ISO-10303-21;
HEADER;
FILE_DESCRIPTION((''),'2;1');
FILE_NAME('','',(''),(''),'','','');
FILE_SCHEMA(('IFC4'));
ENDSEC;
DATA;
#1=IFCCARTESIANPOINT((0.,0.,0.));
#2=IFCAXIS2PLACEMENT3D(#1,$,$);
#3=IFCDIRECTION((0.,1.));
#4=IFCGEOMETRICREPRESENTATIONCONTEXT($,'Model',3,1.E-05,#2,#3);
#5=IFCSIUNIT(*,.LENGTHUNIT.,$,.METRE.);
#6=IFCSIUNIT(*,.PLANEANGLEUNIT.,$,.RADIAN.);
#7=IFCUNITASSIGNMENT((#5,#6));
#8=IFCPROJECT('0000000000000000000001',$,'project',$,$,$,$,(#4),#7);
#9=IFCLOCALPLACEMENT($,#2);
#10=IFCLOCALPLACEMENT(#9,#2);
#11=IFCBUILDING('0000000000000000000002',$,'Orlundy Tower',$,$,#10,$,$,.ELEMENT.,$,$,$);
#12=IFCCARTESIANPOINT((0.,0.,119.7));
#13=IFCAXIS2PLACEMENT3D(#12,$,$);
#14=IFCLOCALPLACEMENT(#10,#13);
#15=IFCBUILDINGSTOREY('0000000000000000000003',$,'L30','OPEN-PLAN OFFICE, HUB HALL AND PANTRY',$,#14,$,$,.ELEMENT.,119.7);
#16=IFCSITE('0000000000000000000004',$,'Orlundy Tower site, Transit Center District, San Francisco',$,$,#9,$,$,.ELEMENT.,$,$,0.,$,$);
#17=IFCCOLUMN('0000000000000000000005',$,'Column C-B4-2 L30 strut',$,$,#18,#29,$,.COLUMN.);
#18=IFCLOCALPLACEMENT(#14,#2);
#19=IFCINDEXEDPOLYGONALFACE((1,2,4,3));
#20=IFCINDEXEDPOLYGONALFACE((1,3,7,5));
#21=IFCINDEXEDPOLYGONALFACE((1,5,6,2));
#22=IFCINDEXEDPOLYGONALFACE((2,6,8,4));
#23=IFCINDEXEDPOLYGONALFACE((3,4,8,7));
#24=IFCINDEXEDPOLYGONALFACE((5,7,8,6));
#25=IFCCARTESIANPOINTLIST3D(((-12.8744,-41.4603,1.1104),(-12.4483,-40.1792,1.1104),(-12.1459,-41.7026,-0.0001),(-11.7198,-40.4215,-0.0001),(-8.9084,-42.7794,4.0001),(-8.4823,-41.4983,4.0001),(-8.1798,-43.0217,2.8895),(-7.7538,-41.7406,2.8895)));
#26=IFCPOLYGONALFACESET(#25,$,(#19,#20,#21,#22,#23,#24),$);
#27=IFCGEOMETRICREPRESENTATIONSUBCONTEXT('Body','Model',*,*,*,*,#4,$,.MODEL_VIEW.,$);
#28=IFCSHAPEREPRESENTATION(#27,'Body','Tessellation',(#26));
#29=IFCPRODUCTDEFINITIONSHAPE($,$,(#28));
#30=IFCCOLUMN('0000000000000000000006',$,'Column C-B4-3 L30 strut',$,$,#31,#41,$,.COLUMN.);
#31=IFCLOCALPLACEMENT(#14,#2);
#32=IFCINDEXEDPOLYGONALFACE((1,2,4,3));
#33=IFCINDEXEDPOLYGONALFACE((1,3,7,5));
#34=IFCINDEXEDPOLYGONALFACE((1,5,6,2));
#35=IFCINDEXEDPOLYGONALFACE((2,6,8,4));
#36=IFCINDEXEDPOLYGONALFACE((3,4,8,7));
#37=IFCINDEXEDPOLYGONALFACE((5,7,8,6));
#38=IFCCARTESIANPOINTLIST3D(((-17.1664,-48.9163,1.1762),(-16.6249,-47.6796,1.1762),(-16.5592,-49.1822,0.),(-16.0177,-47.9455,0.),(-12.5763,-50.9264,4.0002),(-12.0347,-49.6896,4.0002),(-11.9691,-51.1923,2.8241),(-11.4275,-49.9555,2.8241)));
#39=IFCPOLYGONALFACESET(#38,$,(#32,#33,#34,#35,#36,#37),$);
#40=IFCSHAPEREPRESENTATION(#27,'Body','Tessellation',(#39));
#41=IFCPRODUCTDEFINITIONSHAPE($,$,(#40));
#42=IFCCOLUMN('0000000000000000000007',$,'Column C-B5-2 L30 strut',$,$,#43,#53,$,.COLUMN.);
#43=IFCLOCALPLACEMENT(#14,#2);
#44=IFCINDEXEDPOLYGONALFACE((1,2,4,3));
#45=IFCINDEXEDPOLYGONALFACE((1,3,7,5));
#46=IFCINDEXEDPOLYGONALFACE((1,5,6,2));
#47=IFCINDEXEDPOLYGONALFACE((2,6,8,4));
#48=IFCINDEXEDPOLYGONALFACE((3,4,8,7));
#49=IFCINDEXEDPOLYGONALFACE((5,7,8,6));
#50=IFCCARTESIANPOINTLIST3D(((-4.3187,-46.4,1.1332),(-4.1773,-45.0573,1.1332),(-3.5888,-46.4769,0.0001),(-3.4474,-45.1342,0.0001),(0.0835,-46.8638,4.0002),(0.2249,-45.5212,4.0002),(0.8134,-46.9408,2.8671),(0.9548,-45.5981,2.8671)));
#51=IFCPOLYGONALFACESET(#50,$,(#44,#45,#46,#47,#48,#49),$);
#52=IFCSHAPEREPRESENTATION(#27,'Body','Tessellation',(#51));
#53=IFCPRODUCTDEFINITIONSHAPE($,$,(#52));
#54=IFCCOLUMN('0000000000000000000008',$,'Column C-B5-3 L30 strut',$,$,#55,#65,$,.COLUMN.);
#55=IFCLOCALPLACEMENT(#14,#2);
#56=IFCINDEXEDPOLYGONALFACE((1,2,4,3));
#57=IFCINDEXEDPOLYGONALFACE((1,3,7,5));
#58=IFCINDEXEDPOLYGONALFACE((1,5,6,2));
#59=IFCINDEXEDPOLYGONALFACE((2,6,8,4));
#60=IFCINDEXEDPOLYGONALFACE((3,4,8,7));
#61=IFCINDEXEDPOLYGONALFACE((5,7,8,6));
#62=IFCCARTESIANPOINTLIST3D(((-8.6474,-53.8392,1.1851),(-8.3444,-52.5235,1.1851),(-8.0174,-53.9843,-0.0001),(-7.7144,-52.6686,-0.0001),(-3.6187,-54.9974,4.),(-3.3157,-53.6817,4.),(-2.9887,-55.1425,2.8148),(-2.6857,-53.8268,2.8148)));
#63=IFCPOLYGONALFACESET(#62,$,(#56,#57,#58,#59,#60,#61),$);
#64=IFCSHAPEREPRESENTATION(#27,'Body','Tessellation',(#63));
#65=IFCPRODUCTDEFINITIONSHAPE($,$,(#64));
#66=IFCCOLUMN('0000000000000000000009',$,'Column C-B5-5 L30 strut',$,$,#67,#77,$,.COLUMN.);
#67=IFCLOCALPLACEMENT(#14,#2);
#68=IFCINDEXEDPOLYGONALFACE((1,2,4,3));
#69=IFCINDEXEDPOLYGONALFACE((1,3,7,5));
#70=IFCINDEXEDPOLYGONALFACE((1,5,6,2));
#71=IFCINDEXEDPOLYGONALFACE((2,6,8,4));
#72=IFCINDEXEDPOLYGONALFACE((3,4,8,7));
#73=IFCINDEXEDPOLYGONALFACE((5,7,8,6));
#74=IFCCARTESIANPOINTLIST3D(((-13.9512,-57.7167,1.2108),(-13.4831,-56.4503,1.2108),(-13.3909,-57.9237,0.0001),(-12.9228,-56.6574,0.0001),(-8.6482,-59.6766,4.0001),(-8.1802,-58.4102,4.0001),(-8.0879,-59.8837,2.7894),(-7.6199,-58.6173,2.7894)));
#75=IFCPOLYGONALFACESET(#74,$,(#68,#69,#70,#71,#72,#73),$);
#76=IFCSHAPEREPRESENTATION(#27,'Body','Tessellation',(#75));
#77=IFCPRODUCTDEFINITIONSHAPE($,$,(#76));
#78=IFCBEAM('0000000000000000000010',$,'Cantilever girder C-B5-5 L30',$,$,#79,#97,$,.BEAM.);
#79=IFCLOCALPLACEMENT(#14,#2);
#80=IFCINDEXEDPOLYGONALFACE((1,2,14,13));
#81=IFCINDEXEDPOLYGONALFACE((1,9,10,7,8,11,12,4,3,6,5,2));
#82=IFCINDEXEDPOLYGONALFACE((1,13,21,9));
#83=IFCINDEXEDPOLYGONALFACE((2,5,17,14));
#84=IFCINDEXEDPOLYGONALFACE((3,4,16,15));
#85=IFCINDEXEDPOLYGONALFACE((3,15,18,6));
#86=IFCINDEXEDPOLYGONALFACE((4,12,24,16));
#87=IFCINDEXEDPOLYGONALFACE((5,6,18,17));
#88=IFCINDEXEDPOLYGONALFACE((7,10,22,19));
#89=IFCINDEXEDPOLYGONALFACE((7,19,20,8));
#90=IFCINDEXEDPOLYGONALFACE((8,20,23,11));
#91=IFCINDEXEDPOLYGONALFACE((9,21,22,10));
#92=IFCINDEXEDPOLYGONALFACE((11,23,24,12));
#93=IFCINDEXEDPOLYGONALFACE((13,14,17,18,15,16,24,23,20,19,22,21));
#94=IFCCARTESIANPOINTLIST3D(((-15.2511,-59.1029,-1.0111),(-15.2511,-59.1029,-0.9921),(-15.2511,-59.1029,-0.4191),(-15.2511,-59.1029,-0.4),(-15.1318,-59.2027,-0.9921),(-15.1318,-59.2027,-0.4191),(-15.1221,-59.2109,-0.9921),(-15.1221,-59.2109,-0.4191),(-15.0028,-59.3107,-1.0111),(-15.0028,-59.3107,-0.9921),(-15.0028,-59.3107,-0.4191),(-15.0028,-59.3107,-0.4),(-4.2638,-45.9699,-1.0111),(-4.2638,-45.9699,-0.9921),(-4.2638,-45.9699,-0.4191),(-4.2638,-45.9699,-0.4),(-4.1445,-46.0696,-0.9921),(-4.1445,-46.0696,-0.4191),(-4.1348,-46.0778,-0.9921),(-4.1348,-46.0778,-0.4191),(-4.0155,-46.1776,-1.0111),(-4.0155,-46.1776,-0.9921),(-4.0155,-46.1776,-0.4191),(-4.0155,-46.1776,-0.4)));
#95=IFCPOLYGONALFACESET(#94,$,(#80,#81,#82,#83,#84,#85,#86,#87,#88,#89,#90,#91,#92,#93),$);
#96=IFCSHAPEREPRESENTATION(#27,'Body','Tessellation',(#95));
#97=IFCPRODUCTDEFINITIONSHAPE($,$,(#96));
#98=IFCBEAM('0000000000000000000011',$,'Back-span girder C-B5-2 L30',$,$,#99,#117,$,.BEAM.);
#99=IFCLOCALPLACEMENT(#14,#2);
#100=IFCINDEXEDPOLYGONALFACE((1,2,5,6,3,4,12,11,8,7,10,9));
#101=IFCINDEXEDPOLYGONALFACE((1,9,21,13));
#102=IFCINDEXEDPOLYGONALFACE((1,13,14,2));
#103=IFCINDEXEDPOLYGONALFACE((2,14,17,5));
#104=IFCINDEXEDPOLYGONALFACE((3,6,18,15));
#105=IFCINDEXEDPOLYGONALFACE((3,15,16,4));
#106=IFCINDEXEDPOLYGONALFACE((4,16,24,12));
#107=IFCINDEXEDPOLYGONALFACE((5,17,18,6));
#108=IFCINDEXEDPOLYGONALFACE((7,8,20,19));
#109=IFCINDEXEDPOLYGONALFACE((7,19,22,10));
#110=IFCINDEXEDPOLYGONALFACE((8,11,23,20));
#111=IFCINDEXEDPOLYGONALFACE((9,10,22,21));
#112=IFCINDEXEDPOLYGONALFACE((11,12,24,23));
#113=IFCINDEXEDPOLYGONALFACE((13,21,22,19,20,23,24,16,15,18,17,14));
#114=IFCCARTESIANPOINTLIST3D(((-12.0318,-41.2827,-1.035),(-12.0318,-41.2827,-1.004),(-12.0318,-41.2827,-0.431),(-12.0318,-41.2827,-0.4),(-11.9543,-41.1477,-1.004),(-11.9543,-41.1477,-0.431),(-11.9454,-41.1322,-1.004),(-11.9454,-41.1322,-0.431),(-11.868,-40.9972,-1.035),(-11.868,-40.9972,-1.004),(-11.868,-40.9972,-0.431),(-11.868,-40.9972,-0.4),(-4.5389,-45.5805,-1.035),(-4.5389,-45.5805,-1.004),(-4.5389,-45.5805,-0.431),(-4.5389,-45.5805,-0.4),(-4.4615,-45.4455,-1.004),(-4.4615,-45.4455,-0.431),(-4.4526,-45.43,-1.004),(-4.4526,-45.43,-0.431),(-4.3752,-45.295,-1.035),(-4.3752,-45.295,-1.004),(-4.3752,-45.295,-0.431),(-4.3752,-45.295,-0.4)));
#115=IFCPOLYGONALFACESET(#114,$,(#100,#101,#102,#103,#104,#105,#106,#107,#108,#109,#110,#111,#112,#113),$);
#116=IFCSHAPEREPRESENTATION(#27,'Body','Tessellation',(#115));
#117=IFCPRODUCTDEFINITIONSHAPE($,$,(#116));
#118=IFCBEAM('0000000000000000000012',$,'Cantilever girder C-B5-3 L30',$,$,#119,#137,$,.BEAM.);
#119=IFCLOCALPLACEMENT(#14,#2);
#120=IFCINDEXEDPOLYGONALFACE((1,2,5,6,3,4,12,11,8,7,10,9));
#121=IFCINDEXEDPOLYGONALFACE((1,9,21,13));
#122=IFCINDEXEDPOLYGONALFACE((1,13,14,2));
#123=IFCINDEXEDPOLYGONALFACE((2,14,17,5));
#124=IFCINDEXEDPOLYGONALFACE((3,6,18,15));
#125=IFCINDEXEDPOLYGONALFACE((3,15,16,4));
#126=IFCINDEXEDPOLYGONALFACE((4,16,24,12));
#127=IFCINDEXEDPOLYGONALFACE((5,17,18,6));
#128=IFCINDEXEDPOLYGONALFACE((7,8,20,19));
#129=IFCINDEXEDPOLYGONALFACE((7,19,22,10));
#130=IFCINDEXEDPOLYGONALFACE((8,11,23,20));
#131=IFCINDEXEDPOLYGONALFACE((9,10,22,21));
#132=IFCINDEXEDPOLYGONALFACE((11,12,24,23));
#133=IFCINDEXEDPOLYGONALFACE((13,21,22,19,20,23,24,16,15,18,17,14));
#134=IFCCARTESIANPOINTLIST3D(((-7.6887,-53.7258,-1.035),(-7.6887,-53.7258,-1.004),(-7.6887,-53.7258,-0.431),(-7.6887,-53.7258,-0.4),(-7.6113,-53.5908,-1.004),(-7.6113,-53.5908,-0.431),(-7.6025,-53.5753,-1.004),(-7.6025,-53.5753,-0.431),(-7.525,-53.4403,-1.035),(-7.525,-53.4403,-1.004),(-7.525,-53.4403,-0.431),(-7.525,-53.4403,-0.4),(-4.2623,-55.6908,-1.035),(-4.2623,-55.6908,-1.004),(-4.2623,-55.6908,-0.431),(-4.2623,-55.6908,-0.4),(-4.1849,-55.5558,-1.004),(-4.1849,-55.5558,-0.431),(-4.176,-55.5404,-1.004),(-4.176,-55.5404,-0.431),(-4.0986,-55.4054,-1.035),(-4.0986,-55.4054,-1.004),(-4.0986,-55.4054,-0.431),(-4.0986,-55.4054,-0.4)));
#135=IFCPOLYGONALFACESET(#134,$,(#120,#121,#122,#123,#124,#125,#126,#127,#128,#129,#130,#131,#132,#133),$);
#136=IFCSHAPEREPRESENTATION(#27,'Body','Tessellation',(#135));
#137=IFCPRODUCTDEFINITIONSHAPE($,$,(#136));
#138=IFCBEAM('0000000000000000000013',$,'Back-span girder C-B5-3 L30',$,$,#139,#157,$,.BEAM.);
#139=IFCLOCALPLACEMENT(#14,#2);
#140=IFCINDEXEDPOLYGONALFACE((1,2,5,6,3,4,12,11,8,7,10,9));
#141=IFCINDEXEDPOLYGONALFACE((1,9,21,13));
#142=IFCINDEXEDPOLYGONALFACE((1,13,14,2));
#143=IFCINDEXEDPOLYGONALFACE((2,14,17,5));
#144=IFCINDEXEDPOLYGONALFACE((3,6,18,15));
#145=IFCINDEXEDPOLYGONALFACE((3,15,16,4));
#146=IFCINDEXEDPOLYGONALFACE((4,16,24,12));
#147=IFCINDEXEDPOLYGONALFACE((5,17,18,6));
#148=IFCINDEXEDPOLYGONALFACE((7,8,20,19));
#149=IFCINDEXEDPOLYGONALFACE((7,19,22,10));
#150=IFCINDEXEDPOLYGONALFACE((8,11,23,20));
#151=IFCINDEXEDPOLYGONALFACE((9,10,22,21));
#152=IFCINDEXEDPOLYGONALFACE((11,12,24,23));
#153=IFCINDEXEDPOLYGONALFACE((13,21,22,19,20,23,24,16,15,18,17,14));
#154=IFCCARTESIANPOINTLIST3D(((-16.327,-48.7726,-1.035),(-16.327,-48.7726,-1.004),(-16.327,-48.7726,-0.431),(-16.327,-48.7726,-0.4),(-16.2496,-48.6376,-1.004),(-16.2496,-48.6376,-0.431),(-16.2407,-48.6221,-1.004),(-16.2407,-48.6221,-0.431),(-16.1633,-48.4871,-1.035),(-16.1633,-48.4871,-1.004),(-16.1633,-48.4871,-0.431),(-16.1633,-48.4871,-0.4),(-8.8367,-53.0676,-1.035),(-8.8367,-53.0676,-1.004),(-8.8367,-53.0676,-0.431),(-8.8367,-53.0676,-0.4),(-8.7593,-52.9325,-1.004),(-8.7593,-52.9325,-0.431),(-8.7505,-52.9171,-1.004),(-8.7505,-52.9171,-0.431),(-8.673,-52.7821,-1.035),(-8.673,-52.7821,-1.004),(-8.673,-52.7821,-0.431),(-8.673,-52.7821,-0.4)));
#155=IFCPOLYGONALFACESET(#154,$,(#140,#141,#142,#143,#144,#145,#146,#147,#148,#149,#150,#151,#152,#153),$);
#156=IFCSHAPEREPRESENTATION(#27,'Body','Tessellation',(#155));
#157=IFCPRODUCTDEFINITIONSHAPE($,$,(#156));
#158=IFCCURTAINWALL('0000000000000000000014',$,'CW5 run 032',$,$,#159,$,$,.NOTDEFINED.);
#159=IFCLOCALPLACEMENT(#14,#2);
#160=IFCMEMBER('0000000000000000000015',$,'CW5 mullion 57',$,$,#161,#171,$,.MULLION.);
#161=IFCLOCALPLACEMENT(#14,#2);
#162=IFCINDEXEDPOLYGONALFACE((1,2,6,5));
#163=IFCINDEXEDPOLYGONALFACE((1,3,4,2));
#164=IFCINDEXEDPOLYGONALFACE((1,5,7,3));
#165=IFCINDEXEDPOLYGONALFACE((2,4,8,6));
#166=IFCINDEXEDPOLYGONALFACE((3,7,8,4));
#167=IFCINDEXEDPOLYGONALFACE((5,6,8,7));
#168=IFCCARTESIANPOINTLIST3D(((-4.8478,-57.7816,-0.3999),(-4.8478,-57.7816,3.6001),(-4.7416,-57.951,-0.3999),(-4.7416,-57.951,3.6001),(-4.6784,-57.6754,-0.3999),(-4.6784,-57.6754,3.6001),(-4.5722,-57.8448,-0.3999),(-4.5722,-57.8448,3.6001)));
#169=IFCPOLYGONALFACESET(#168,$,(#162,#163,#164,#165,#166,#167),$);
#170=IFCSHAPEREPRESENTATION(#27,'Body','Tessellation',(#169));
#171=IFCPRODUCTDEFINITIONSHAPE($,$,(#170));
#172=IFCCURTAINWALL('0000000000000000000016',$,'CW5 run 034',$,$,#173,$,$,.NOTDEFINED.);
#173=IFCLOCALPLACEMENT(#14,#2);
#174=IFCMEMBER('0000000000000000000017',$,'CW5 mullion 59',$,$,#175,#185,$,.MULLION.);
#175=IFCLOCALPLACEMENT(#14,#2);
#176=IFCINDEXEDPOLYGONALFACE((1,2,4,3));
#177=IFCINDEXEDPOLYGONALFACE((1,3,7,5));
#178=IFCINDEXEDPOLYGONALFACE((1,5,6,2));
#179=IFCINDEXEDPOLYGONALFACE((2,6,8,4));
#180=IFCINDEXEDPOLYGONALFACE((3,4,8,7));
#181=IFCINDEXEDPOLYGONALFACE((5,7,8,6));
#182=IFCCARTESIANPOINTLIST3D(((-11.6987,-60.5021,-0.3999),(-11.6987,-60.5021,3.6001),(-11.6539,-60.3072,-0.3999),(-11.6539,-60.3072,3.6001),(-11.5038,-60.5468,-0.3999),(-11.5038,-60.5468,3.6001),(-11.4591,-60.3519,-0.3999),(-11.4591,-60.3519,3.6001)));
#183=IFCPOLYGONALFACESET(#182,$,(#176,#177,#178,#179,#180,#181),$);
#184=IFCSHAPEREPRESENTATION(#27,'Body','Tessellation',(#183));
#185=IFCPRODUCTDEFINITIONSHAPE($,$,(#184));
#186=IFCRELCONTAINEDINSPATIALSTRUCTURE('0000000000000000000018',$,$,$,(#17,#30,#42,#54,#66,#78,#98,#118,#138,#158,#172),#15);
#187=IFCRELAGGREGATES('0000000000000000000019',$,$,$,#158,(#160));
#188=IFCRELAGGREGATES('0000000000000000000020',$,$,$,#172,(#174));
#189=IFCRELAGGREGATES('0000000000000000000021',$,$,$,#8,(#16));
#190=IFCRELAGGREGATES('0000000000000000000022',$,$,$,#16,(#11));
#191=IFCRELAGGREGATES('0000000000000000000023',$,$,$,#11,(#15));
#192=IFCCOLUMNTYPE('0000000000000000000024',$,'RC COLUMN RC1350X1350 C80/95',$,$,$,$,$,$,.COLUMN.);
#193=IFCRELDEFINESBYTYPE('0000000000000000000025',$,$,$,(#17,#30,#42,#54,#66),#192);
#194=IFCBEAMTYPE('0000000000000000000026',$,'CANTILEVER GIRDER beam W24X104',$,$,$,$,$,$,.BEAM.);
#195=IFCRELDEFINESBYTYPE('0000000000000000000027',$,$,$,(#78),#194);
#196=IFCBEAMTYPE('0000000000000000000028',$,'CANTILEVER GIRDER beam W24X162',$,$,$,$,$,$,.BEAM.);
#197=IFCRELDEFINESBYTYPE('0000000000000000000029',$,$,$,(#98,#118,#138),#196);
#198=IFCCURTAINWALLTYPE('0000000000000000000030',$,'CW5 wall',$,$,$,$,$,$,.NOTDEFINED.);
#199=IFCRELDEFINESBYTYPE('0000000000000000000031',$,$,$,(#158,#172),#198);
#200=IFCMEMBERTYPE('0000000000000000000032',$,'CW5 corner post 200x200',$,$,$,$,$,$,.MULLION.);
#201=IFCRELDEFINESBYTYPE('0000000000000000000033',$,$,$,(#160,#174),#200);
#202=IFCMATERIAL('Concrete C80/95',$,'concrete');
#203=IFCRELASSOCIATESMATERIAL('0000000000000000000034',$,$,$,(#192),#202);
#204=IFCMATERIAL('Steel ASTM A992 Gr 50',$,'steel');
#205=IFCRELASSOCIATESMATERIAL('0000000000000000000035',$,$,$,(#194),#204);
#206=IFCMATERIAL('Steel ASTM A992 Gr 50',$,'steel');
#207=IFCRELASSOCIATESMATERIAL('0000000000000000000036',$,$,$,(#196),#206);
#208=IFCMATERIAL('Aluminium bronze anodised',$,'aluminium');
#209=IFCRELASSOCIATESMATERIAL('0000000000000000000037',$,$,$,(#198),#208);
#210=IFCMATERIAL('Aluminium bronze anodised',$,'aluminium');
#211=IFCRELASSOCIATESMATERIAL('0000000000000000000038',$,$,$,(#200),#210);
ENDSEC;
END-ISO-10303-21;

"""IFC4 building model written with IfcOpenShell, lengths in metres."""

from ifc_helpers import new_model, si_unit, direction, frame, origin, origin_2d, place, context, subcontext, project, spatial, rectangle, i_section, extrude, material, material_profile, profile_set, type_object, element, aggregate, save


model = new_model("IFC4")

# Units and contexts
model_context = context("Model", 3, precision=1e-05, world=origin(), true_north=direction((0.0, 1.0)))
body_context = subcontext(model_context, "Body", "Model", "MODEL_VIEW")
ifc_project = project(units=[si_unit("LENGTHUNIT", "METRE"), si_unit("PLANEANGLEUNIT", "RADIAN")], contexts=[model_context])

# Site, building, storey
site_placement = place(None, origin())
site = spatial("IfcSite", under=ifc_project, at=site_placement, Name="Orlundy Tower site, Transit Center District, San Francisco", CompositionType="ELEMENT", RefElevation=0.0)
building_placement = place(site_placement, origin())
building = spatial("IfcBuilding", under=site, at=building_placement, Name="Orlundy Tower", CompositionType="ELEMENT")
storey_placement = place(building_placement, frame((0.0, 0.0, 119.7)))
storey = spatial("IfcBuildingStorey", under=building, at=storey_placement, Name="L30", Description="OPEN-PLAN OFFICE, HUB HALL AND PANTRY", CompositionType="ELEMENT", Elevation=119.7)

# Columns
ifc_material_1 = material(Name="Concrete C80/95", Category="concrete")
ifc_material_profile_1 = material_profile(ifc_material_1, rectangle(XDim=1.3501, YDim=1.3501, at=origin_2d()), Name="RC1350X1350")
ifc_profile_set_1 = profile_set([ifc_material_profile_1], Name="Concrete C80/95")
column_type = type_object("IfcColumnType", Name="RC COLUMN RC1350X1350 C80/95", PredefinedType="COLUMN", material=ifc_profile_set_1)
column_1_placement = place(storey_placement, frame((-12.2971, -40.9409, 0.5552), z_axis=(0.78052, -0.259597, 0.568681), x_axis=(0.315597, 0.948893, 0.0)))
element("IfcColumn", 1, at=column_1_placement, inside=storey, type_object=column_type, Name="Column C-B4-2 L30 strut", PredefinedType="COLUMN", context=body_context, shape_type="SweptSolid", body=[
    extrude(rectangle(XDim=1.3501, YDim=1.3501, at=origin_2d()), origin(), (0.0, 0.0, 1.0), 5.0813),
])
column_2_placement = place(storey_placement, frame((-16.592, -48.4309, 0.5881), z_axis=(0.798018, -0.349454, 0.490967), x_axis=(0.401128, 0.916022, 0.0)))
element("IfcColumn", 2, at=column_2_placement, inside=storey, type_object=column_type, Name="Column C-B4-3 L30 strut", PredefinedType="COLUMN", context=body_context, shape_type="SweptSolid", body=[
    extrude(rectangle(XDim=1.3501, YDim=1.3501, at=origin_2d()), origin(), (0.0, 0.0, 1.0), 5.752),
])
column_3_placement = place(storey_placement, frame((-3.8831, -45.7671, 0.5667), z_axis=(0.83471, -0.087957, 0.54362), x_axis=(0.104794, 0.994494, 0.0)))
element("IfcColumn", 3, at=column_3_placement, inside=storey, type_object=column_type, Name="Column C-B5-2 L30 strut", PredefinedType="COLUMN", context=body_context, shape_type="SweptSolid", body=[
    extrude(rectangle(XDim=1.3501, YDim=1.3501, at=origin_2d()), origin(), (0.0, 0.0, 1.0), 5.2739),
])
column_4_placement = place(storey_placement, frame((-8.1809, -53.2539, 0.5925), z_axis=(0.855489, -0.197031, 0.478871), x_axis=(0.224438, 0.974488, 0.0)))
element("IfcColumn", 4, at=column_4_placement, inside=storey, type_object=column_type, Name="Column C-B5-3 L30 strut", PredefinedType="COLUMN", context=body_context, shape_type="SweptSolid", body=[
    extrude(rectangle(XDim=1.3501, YDim=1.3501, at=origin_2d()), origin(), (0.0, 0.0, 1.0), 5.8782),
])
column_5_placement = place(storey_placement, frame((-13.437, -57.187, 0.6055), z_axis=(0.841178, -0.310896, 0.44245), x_axis=(0.346676, 0.937985, 0.0)))
element("IfcColumn", 5, at=column_5_placement, inside=storey, type_object=column_type, Name="Column C-B5-5 L30 strut", PredefinedType="COLUMN", context=body_context, shape_type="SweptSolid", body=[
    extrude(rectangle(XDim=1.3501, YDim=1.3501, at=origin_2d()), origin(), (0.0, 0.0, 1.0), 6.3042),
])

# Beams
ifc_material_2 = material(Name="Steel ASTM A992 Gr 50", Category="steel")
ifc_material_profile_2 = material_profile(ifc_material_2, i_section(OverallWidth=0.3237, OverallDepth=0.6111, WebThickness=0.0127, FlangeThickness=0.019, at=origin_2d()), Name="W24X104")
ifc_profile_set_2 = profile_set([ifc_material_profile_2], Name="Steel ASTM A992 Gr 50")
beam_type_1 = type_object("IfcBeamType", Name="CANTILEVER GIRDER beam W24X104", PredefinedType="BEAM", material=ifc_profile_set_2)
beam_1_placement = place(storey_placement, frame((-15.127, -59.2068, -0.7056), z_axis=(0.641668, 0.766982, 0.0), x_axis=(-0.766982, 0.641668, 0.0)))
element("IfcBeam", 6, at=beam_1_placement, inside=storey, type_object=beam_type_1, Name="Cantilever girder C-B5-5 L30", PredefinedType="BEAM", context=body_context, shape_type="SweptSolid", body=[
    extrude(i_section(OverallWidth=0.3237, OverallDepth=0.6111, WebThickness=0.0127, FlangeThickness=0.019, at=origin_2d()), origin(), (0.0, 0.0, 1.0), 17.123),
])
ifc_material_3 = material(Name="Steel ASTM A992 Gr 50", Category="steel")
ifc_material_profile_3 = material_profile(ifc_material_3, i_section(OverallWidth=0.3291, OverallDepth=0.635, WebThickness=0.0178, FlangeThickness=0.031, at=origin_2d()), Name="W24X162")
ifc_profile_set_3 = profile_set([ifc_material_profile_3], Name="Steel ASTM A992 Gr 50")
beam_type_2 = type_object("IfcBeamType", Name="CANTILEVER GIRDER beam W24X162", PredefinedType="BEAM", material=ifc_profile_set_3)
beam_2_placement = place(storey_placement, frame((-4.457, -45.4377, -0.7175), z_axis=(-0.867435, 0.497551, 0.0), x_axis=(-0.497551, -0.867435, 0.0)))
element("IfcBeam", 7, at=beam_2_placement, inside=storey, type_object=beam_type_2, Name="Back-span girder C-B5-2 L30", PredefinedType="BEAM", context=body_context, shape_type="SweptSolid", body=[
    extrude(i_section(OverallWidth=0.3291, OverallDepth=0.635, WebThickness=0.0178, FlangeThickness=0.031, at=origin_2d()), origin(), (0.0, 0.0, 1.0), 8.6379),
])
beam_3_placement = place(storey_placement, frame((-4.1804, -55.5481, -0.7175), z_axis=(-0.86747, 0.49749, 0.0), x_axis=(-0.49749, -0.86747, 0.0)))
element("IfcBeam", 8, at=beam_3_placement, inside=storey, type_object=beam_type_2, Name="Cantilever girder C-B5-3 L30", PredefinedType="BEAM", context=body_context, shape_type="SweptSolid", body=[
    extrude(i_section(OverallWidth=0.3291, OverallDepth=0.635, WebThickness=0.0178, FlangeThickness=0.031, at=origin_2d()), origin(), (0.0, 0.0, 1.0), 3.95),
])
beam_4_placement = place(storey_placement, frame((-8.7549, -52.9248, -0.7175), z_axis=(-0.867504, 0.49743, 0.0), x_axis=(-0.49743, -0.867504, 0.0)))
element("IfcBeam", 9, at=beam_4_placement, inside=storey, type_object=beam_type_2, Name="Back-span girder C-B5-3 L30", PredefinedType="BEAM", context=body_context, shape_type="SweptSolid", body=[
    extrude(i_section(OverallWidth=0.3291, OverallDepth=0.635, WebThickness=0.0178, FlangeThickness=0.031, at=origin_2d()), origin(), (0.0, 0.0, 1.0), 8.6343),
])

# Curtain walls, members
ifc_material_4 = material(Name="Aluminium bronze anodised", Category="aluminium")
curtain_wall_type = type_object("IfcCurtainWallType", Name="CW5 wall", PredefinedType="NOTDEFINED", material=ifc_material_4)
curtain_wall_1_placement = place(storey_placement, origin())
curtain_wall_1 = element("IfcCurtainWall", 10, at=curtain_wall_1_placement, inside=storey, type_object=curtain_wall_type, Name="CW5 run 032", PredefinedType="NOTDEFINED")
ifc_material_5 = material(Name="Aluminium bronze anodised", Category="aluminium")
ifc_material_profile_4 = material_profile(ifc_material_5, rectangle(XDim=0.2, YDim=0.2, at=origin_2d()), Name="CW5 corner post 200x200")
ifc_profile_set_4 = profile_set([ifc_material_profile_4], Name="Aluminium bronze anodised")
member_type_1 = type_object("IfcMemberType", Name="CW5 corner post 200x200", PredefinedType="MULLION", material=ifc_profile_set_4)
member_1_placement = place(storey_placement, frame((-4.71, -57.8132, -0.3999), z_axis=(0.0, 0.0, 1.0), x_axis=(0.531138, -0.847285, 0.0)))
member_1 = element("IfcMember", 11, at=member_1_placement, type_object=member_type_1, Name="CW5 mullion 57", PredefinedType="MULLION", context=body_context, shape_type="SweptSolid", body=[
    extrude(rectangle(XDim=0.2, YDim=0.2, at=origin_2d()), origin(), (0.0, 0.0, 1.0), 4.0),
])
curtain_wall_2_placement = place(storey_placement, origin())
curtain_wall_2 = element("IfcCurtainWall", 12, at=curtain_wall_2_placement, inside=storey, type_object=curtain_wall_type, Name="CW5 run 034", PredefinedType="NOTDEFINED")
member_2_placement = place(storey_placement, frame((-11.5789, -60.427, -0.3999), z_axis=(0.0, 0.0, 1.0), x_axis=(-0.223697, -0.974659, 0.0)))
member_2 = element("IfcMember", 13, at=member_2_placement, type_object=member_type_1, Name="CW5 mullion 59", PredefinedType="MULLION", context=body_context, shape_type="SweptSolid", body=[
    extrude(rectangle(XDim=0.2, YDim=0.2, at=origin_2d()), origin(), (0.0, 0.0, 1.0), 4.0),
])

aggregate(curtain_wall_1, [member_1])
aggregate(curtain_wall_2, [member_2])

save(model, "model.ifc")
